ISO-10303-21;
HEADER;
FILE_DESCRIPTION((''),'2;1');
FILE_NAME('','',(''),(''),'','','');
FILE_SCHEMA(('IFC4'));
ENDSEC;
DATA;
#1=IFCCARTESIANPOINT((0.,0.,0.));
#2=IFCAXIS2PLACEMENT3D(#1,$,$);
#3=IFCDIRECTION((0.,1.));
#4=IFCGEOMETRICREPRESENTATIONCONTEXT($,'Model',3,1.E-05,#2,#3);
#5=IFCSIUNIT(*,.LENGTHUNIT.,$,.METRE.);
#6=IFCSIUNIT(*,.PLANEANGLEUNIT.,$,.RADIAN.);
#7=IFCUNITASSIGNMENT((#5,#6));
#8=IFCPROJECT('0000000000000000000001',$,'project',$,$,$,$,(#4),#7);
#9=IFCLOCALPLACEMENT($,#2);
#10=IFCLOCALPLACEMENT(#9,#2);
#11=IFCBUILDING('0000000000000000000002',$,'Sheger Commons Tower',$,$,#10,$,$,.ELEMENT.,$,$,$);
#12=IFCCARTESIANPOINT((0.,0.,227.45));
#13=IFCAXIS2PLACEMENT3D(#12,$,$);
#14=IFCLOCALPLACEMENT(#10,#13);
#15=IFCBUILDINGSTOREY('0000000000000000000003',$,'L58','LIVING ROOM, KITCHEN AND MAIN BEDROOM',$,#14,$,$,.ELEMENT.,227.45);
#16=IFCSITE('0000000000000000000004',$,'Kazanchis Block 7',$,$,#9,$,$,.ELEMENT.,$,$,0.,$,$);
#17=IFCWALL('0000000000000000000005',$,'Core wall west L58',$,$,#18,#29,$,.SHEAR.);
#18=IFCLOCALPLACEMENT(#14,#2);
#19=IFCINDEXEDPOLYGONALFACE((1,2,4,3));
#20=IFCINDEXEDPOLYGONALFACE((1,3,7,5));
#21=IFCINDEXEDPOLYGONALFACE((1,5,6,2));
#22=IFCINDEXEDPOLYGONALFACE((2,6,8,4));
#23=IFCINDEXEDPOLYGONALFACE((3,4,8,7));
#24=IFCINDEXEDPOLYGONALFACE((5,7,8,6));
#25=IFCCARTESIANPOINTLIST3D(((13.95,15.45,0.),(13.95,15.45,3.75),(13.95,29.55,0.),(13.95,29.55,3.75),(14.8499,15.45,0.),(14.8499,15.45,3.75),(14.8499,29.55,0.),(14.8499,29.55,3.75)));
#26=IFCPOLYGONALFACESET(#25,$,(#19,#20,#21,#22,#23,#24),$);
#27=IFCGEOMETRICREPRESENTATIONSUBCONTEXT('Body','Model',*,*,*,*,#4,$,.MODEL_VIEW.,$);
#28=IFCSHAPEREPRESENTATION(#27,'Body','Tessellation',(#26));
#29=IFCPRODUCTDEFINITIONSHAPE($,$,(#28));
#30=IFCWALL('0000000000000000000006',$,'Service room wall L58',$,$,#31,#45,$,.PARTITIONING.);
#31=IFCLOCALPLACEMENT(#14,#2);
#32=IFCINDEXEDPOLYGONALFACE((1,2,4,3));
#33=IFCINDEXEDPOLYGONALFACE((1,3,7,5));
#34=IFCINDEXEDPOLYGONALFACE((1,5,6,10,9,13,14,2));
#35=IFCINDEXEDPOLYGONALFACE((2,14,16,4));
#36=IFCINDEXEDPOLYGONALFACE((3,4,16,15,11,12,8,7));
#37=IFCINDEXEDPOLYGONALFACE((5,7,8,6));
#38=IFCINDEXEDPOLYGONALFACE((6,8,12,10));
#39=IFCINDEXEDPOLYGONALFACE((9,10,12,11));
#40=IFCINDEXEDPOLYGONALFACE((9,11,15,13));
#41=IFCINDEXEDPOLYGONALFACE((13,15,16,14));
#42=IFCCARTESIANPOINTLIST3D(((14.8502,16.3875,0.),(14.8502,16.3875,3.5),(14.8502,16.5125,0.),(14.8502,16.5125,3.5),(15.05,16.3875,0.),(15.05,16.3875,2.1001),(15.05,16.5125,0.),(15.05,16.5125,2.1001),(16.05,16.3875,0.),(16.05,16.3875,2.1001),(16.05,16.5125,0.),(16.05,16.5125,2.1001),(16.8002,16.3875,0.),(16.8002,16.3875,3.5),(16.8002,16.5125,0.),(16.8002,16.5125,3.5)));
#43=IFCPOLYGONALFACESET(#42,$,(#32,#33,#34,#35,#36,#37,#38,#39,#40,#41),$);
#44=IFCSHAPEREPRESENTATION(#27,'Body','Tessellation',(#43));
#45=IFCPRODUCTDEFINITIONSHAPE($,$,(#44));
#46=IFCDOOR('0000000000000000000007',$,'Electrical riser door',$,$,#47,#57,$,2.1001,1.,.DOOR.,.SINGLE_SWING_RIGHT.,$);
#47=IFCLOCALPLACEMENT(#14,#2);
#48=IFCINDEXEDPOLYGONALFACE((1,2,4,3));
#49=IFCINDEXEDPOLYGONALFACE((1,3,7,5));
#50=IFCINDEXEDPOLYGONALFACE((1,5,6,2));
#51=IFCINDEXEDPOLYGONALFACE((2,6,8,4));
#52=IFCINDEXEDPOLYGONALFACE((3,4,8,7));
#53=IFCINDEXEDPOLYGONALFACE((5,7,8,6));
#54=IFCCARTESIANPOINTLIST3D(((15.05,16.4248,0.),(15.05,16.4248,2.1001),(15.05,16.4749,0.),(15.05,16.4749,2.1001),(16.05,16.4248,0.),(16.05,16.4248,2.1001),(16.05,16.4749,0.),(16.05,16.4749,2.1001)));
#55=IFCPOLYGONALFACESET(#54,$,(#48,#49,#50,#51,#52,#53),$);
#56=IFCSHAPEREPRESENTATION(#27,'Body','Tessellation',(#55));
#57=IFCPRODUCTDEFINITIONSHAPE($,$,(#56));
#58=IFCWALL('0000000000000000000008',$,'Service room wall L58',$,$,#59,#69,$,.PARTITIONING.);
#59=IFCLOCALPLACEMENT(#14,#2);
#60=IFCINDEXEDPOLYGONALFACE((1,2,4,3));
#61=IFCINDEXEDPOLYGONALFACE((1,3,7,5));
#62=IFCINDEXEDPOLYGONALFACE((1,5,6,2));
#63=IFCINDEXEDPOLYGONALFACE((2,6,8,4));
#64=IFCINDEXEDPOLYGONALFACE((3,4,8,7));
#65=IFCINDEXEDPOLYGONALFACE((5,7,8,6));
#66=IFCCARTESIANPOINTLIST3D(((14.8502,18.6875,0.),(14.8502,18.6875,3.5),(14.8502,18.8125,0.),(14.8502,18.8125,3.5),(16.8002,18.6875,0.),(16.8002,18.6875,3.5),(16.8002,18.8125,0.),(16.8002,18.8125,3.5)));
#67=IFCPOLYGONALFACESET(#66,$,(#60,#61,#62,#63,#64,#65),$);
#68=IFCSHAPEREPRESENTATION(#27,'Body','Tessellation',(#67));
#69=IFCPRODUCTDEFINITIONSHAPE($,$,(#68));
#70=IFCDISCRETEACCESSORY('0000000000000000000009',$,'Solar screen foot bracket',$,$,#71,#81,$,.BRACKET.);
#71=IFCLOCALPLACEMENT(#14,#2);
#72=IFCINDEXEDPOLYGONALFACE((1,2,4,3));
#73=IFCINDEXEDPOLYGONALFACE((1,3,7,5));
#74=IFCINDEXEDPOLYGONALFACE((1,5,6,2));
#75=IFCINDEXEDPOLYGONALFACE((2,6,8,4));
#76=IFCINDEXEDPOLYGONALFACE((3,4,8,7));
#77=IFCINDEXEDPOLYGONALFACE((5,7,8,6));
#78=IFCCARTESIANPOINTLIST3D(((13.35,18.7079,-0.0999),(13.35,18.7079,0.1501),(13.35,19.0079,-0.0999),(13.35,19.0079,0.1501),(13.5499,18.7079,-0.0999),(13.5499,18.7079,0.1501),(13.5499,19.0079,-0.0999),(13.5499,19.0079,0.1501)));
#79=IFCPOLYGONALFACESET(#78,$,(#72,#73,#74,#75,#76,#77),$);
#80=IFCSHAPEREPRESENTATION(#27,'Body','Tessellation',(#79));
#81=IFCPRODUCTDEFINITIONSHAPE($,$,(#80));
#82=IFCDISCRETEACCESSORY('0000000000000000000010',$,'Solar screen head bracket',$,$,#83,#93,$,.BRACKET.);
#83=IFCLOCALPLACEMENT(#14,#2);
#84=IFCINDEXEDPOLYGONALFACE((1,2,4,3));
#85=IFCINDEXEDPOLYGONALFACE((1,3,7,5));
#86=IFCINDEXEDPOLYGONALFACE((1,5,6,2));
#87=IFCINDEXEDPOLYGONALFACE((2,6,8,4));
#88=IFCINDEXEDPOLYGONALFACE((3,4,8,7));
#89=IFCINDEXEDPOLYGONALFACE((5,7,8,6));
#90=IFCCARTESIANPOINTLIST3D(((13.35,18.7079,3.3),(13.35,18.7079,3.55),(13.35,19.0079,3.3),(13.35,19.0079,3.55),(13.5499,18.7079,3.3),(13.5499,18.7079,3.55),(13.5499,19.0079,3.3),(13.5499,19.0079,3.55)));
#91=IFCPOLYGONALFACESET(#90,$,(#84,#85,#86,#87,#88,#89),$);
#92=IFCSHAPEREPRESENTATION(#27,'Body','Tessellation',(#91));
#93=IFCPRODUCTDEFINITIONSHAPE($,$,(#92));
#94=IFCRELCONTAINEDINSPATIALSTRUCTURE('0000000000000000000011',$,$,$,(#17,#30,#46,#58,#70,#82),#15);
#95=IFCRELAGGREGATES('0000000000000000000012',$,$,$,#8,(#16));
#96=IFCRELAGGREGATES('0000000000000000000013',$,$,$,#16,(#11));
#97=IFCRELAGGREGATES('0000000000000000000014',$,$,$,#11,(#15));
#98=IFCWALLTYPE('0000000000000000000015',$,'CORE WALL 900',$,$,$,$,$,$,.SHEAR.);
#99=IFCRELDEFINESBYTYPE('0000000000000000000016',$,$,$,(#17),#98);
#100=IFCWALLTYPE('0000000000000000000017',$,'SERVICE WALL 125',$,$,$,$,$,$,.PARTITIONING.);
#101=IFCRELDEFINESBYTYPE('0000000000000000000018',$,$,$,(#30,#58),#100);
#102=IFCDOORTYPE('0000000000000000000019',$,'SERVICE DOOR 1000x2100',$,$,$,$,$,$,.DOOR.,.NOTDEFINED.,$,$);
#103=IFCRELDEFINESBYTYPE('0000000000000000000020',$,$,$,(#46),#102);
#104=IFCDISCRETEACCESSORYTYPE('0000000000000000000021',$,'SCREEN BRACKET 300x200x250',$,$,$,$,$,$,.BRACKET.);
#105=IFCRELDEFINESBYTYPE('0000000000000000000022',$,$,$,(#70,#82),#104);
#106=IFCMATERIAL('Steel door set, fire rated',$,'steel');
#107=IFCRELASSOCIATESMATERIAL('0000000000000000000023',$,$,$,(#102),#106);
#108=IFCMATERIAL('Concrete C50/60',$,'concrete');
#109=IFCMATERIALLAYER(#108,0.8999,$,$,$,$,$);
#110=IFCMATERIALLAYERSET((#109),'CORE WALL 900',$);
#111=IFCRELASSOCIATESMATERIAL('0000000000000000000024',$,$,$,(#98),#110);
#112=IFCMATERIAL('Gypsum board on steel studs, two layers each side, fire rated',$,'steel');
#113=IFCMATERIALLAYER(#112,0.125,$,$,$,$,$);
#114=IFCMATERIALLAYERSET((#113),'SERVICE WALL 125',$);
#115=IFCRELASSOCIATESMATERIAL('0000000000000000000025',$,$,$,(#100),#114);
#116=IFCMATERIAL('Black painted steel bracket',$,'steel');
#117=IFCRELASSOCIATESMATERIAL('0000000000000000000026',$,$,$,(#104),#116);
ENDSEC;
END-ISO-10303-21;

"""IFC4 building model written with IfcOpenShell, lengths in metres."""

from ifc_helpers import new_model, si_unit, direction, frame, frame_2d, origin, origin_2d, place, context, subcontext, project, spatial, rectangle, extrude, material, layer, layer_set, type_object, element, fill, save


model = new_model("IFC4")

# Units and contexts
model_context = context("Model", 3, precision=1e-05, world=origin(), true_north=direction((0.0, 1.0)))
body_context = subcontext(model_context, "Body", "Model", "MODEL_VIEW")
ifc_project = project(units=[si_unit("LENGTHUNIT", "METRE"), si_unit("PLANEANGLEUNIT", "RADIAN")], contexts=[model_context])

# Site, building, storey
site_placement = place(None, origin())
site = spatial("IfcSite", under=ifc_project, at=site_placement, Name="Kazanchis Block 7", CompositionType="ELEMENT", RefElevation=0.0)
building_placement = place(site_placement, origin())
building = spatial("IfcBuilding", under=site, at=building_placement, Name="Sheger Commons Tower", CompositionType="ELEMENT")
storey_placement = place(building_placement, frame((0.0, 0.0, 227.45)))
storey = spatial("IfcBuildingStorey", under=building, at=storey_placement, Name="L58", Description="LIVING ROOM, KITCHEN AND MAIN BEDROOM", CompositionType="ELEMENT", Elevation=227.45)

# Shared definitions
ifc_material_1 = material(Name="Steel door set, fire rated", Category="steel")
door_type_1 = type_object("IfcDoorType", Name="SERVICE DOOR 1000x2100", OperationType="NOTDEFINED", PredefinedType="DOOR", material=ifc_material_1)
ifc_material_2 = material(Name="Concrete C50/60", Category="concrete")
ifc_layer_1 = layer(ifc_material_2, 0.8999)
ifc_layer_set_1 = layer_set([ifc_layer_1], Name="CORE WALL 900")
wall_type_1 = type_object("IfcWallType", Name="CORE WALL 900", PredefinedType="SHEAR", material=ifc_layer_set_1)

# Wall
wall_1_placement = place(storey_placement, frame((14.3999, 15.45, 0.0), z_axis=(0.0, 0.0, 1.0), x_axis=(0.0, 1.0, 0.0)))
element("IfcWall", 1, at=wall_1_placement, inside=storey, type_object=wall_type_1, Name="Core wall west L58", PredefinedType="SHEAR", context=body_context, shape_type="SweptSolid", body=[
    extrude(rectangle(XDim=14.1001, YDim=0.8999, at=frame_2d((7.05, 0.0))), origin(), (0.0, 0.0, 1.0), 3.75),
])

# Wall, opening, door
ifc_material_3 = material(Name="Gypsum board on steel studs, two layers each side, fire rated", Category="steel")
ifc_layer_2 = layer(ifc_material_3, 0.125)
ifc_layer_set_2 = layer_set([ifc_layer_2], Name="SERVICE WALL 125")
wall_type_2 = type_object("IfcWallType", Name="SERVICE WALL 125", PredefinedType="PARTITIONING", material=ifc_layer_set_2)
wall_2_placement = place(storey_placement, frame((14.8501, 16.45, 0.0), z_axis=(0.0, 0.0, 1.0), x_axis=(1.0, 0.0, 0.0)))
wall_2 = element("IfcWall", 2, at=wall_2_placement, inside=storey, type_object=wall_type_2, Name="Service room wall L58", PredefinedType="PARTITIONING", context=body_context, shape_type="SweptSolid", body=[
    extrude(rectangle(XDim=1.95, YDim=0.125, at=frame_2d((0.9751, 0.0))), origin(), (0.0, 0.0, 1.0), 3.5),
])
opening_1_placement = place(wall_2_placement, frame((0.2, 0.0, 0.0)))
opening_1 = element("IfcOpeningElement", 3, at=opening_1_placement, cuts=wall_2, PredefinedType="OPENING", context=body_context, shape_type="SweptSolid", body=[
    extrude(rectangle(XDim=1.0, YDim=2.1001, at=frame_2d((0.5, 1.05))), frame((0.0, 0.0725, 0.0), z_axis=(0.0, -1.0, 0.0), x_axis=(1.0, 0.0, 0.0)), (0.0, 0.0, 1.0), 0.145),
])
door_1_placement = place(opening_1_placement, origin())
door_1 = element("IfcDoor", 4, at=door_1_placement, inside=storey, type_object=door_type_1, Name="Electrical riser door", OperationType="SINGLE_SWING_RIGHT", OverallHeight=2.1001, OverallWidth=1.0, PredefinedType="DOOR", context=body_context, shape_type="SweptSolid", body=[
    extrude(rectangle(XDim=1.0, YDim=2.1001, at=frame_2d((0.5, 1.05))), frame((0.0, 0.0249, 0.0), z_axis=(0.0, -1.0, 0.0), x_axis=(1.0, 0.0, 0.0)), (0.0, 0.0, 1.0), 0.05),
])
fill(opening_1, door_1)

# Wall
wall_3_placement = place(storey_placement, frame((14.8501, 18.75, 0.0), z_axis=(0.0, 0.0, 1.0), x_axis=(1.0, 0.0, 0.0)))
element("IfcWall", 5, at=wall_3_placement, inside=storey, type_object=wall_type_2, Name="Service room wall L58", PredefinedType="PARTITIONING", context=body_context, shape_type="SweptSolid", body=[
    extrude(rectangle(XDim=1.95, YDim=0.125, at=frame_2d((0.9751, 0.0))), origin(), (0.0, 0.0, 1.0), 3.5),
])

# Discrete accessories
ifc_material_4 = material(Name="Black painted steel bracket", Category="steel")
discrete_accessory_type = type_object("IfcDiscreteAccessoryType", Name="SCREEN BRACKET 300x200x250", PredefinedType="BRACKET", material=ifc_material_4)
for number, where, z_axis, x_axis, name in (
    (6, (13.45, 18.8579, -0.0999), (0.0, 0.0, 1.0), (0.0, -1.0, 0.0), "Solar screen foot bracket"),
    (7, (13.45, 18.8579, 3.3), (0.0, 0.0, 1.0), (0.0, -1.0, 0.0), "Solar screen head bracket"),
):
    element("IfcDiscreteAccessory", number, at=place(storey_placement, frame(where, z_axis=z_axis, x_axis=x_axis)), inside=storey, type_object=discrete_accessory_type, Name=name, PredefinedType="BRACKET", context=body_context, shape_type="SweptSolid", body=[
        extrude(rectangle(XDim=0.3, YDim=0.2, at=origin_2d()), origin(), (0.0, 0.0, 1.0), 0.25),
    ])

save(model, "model.ifc")
